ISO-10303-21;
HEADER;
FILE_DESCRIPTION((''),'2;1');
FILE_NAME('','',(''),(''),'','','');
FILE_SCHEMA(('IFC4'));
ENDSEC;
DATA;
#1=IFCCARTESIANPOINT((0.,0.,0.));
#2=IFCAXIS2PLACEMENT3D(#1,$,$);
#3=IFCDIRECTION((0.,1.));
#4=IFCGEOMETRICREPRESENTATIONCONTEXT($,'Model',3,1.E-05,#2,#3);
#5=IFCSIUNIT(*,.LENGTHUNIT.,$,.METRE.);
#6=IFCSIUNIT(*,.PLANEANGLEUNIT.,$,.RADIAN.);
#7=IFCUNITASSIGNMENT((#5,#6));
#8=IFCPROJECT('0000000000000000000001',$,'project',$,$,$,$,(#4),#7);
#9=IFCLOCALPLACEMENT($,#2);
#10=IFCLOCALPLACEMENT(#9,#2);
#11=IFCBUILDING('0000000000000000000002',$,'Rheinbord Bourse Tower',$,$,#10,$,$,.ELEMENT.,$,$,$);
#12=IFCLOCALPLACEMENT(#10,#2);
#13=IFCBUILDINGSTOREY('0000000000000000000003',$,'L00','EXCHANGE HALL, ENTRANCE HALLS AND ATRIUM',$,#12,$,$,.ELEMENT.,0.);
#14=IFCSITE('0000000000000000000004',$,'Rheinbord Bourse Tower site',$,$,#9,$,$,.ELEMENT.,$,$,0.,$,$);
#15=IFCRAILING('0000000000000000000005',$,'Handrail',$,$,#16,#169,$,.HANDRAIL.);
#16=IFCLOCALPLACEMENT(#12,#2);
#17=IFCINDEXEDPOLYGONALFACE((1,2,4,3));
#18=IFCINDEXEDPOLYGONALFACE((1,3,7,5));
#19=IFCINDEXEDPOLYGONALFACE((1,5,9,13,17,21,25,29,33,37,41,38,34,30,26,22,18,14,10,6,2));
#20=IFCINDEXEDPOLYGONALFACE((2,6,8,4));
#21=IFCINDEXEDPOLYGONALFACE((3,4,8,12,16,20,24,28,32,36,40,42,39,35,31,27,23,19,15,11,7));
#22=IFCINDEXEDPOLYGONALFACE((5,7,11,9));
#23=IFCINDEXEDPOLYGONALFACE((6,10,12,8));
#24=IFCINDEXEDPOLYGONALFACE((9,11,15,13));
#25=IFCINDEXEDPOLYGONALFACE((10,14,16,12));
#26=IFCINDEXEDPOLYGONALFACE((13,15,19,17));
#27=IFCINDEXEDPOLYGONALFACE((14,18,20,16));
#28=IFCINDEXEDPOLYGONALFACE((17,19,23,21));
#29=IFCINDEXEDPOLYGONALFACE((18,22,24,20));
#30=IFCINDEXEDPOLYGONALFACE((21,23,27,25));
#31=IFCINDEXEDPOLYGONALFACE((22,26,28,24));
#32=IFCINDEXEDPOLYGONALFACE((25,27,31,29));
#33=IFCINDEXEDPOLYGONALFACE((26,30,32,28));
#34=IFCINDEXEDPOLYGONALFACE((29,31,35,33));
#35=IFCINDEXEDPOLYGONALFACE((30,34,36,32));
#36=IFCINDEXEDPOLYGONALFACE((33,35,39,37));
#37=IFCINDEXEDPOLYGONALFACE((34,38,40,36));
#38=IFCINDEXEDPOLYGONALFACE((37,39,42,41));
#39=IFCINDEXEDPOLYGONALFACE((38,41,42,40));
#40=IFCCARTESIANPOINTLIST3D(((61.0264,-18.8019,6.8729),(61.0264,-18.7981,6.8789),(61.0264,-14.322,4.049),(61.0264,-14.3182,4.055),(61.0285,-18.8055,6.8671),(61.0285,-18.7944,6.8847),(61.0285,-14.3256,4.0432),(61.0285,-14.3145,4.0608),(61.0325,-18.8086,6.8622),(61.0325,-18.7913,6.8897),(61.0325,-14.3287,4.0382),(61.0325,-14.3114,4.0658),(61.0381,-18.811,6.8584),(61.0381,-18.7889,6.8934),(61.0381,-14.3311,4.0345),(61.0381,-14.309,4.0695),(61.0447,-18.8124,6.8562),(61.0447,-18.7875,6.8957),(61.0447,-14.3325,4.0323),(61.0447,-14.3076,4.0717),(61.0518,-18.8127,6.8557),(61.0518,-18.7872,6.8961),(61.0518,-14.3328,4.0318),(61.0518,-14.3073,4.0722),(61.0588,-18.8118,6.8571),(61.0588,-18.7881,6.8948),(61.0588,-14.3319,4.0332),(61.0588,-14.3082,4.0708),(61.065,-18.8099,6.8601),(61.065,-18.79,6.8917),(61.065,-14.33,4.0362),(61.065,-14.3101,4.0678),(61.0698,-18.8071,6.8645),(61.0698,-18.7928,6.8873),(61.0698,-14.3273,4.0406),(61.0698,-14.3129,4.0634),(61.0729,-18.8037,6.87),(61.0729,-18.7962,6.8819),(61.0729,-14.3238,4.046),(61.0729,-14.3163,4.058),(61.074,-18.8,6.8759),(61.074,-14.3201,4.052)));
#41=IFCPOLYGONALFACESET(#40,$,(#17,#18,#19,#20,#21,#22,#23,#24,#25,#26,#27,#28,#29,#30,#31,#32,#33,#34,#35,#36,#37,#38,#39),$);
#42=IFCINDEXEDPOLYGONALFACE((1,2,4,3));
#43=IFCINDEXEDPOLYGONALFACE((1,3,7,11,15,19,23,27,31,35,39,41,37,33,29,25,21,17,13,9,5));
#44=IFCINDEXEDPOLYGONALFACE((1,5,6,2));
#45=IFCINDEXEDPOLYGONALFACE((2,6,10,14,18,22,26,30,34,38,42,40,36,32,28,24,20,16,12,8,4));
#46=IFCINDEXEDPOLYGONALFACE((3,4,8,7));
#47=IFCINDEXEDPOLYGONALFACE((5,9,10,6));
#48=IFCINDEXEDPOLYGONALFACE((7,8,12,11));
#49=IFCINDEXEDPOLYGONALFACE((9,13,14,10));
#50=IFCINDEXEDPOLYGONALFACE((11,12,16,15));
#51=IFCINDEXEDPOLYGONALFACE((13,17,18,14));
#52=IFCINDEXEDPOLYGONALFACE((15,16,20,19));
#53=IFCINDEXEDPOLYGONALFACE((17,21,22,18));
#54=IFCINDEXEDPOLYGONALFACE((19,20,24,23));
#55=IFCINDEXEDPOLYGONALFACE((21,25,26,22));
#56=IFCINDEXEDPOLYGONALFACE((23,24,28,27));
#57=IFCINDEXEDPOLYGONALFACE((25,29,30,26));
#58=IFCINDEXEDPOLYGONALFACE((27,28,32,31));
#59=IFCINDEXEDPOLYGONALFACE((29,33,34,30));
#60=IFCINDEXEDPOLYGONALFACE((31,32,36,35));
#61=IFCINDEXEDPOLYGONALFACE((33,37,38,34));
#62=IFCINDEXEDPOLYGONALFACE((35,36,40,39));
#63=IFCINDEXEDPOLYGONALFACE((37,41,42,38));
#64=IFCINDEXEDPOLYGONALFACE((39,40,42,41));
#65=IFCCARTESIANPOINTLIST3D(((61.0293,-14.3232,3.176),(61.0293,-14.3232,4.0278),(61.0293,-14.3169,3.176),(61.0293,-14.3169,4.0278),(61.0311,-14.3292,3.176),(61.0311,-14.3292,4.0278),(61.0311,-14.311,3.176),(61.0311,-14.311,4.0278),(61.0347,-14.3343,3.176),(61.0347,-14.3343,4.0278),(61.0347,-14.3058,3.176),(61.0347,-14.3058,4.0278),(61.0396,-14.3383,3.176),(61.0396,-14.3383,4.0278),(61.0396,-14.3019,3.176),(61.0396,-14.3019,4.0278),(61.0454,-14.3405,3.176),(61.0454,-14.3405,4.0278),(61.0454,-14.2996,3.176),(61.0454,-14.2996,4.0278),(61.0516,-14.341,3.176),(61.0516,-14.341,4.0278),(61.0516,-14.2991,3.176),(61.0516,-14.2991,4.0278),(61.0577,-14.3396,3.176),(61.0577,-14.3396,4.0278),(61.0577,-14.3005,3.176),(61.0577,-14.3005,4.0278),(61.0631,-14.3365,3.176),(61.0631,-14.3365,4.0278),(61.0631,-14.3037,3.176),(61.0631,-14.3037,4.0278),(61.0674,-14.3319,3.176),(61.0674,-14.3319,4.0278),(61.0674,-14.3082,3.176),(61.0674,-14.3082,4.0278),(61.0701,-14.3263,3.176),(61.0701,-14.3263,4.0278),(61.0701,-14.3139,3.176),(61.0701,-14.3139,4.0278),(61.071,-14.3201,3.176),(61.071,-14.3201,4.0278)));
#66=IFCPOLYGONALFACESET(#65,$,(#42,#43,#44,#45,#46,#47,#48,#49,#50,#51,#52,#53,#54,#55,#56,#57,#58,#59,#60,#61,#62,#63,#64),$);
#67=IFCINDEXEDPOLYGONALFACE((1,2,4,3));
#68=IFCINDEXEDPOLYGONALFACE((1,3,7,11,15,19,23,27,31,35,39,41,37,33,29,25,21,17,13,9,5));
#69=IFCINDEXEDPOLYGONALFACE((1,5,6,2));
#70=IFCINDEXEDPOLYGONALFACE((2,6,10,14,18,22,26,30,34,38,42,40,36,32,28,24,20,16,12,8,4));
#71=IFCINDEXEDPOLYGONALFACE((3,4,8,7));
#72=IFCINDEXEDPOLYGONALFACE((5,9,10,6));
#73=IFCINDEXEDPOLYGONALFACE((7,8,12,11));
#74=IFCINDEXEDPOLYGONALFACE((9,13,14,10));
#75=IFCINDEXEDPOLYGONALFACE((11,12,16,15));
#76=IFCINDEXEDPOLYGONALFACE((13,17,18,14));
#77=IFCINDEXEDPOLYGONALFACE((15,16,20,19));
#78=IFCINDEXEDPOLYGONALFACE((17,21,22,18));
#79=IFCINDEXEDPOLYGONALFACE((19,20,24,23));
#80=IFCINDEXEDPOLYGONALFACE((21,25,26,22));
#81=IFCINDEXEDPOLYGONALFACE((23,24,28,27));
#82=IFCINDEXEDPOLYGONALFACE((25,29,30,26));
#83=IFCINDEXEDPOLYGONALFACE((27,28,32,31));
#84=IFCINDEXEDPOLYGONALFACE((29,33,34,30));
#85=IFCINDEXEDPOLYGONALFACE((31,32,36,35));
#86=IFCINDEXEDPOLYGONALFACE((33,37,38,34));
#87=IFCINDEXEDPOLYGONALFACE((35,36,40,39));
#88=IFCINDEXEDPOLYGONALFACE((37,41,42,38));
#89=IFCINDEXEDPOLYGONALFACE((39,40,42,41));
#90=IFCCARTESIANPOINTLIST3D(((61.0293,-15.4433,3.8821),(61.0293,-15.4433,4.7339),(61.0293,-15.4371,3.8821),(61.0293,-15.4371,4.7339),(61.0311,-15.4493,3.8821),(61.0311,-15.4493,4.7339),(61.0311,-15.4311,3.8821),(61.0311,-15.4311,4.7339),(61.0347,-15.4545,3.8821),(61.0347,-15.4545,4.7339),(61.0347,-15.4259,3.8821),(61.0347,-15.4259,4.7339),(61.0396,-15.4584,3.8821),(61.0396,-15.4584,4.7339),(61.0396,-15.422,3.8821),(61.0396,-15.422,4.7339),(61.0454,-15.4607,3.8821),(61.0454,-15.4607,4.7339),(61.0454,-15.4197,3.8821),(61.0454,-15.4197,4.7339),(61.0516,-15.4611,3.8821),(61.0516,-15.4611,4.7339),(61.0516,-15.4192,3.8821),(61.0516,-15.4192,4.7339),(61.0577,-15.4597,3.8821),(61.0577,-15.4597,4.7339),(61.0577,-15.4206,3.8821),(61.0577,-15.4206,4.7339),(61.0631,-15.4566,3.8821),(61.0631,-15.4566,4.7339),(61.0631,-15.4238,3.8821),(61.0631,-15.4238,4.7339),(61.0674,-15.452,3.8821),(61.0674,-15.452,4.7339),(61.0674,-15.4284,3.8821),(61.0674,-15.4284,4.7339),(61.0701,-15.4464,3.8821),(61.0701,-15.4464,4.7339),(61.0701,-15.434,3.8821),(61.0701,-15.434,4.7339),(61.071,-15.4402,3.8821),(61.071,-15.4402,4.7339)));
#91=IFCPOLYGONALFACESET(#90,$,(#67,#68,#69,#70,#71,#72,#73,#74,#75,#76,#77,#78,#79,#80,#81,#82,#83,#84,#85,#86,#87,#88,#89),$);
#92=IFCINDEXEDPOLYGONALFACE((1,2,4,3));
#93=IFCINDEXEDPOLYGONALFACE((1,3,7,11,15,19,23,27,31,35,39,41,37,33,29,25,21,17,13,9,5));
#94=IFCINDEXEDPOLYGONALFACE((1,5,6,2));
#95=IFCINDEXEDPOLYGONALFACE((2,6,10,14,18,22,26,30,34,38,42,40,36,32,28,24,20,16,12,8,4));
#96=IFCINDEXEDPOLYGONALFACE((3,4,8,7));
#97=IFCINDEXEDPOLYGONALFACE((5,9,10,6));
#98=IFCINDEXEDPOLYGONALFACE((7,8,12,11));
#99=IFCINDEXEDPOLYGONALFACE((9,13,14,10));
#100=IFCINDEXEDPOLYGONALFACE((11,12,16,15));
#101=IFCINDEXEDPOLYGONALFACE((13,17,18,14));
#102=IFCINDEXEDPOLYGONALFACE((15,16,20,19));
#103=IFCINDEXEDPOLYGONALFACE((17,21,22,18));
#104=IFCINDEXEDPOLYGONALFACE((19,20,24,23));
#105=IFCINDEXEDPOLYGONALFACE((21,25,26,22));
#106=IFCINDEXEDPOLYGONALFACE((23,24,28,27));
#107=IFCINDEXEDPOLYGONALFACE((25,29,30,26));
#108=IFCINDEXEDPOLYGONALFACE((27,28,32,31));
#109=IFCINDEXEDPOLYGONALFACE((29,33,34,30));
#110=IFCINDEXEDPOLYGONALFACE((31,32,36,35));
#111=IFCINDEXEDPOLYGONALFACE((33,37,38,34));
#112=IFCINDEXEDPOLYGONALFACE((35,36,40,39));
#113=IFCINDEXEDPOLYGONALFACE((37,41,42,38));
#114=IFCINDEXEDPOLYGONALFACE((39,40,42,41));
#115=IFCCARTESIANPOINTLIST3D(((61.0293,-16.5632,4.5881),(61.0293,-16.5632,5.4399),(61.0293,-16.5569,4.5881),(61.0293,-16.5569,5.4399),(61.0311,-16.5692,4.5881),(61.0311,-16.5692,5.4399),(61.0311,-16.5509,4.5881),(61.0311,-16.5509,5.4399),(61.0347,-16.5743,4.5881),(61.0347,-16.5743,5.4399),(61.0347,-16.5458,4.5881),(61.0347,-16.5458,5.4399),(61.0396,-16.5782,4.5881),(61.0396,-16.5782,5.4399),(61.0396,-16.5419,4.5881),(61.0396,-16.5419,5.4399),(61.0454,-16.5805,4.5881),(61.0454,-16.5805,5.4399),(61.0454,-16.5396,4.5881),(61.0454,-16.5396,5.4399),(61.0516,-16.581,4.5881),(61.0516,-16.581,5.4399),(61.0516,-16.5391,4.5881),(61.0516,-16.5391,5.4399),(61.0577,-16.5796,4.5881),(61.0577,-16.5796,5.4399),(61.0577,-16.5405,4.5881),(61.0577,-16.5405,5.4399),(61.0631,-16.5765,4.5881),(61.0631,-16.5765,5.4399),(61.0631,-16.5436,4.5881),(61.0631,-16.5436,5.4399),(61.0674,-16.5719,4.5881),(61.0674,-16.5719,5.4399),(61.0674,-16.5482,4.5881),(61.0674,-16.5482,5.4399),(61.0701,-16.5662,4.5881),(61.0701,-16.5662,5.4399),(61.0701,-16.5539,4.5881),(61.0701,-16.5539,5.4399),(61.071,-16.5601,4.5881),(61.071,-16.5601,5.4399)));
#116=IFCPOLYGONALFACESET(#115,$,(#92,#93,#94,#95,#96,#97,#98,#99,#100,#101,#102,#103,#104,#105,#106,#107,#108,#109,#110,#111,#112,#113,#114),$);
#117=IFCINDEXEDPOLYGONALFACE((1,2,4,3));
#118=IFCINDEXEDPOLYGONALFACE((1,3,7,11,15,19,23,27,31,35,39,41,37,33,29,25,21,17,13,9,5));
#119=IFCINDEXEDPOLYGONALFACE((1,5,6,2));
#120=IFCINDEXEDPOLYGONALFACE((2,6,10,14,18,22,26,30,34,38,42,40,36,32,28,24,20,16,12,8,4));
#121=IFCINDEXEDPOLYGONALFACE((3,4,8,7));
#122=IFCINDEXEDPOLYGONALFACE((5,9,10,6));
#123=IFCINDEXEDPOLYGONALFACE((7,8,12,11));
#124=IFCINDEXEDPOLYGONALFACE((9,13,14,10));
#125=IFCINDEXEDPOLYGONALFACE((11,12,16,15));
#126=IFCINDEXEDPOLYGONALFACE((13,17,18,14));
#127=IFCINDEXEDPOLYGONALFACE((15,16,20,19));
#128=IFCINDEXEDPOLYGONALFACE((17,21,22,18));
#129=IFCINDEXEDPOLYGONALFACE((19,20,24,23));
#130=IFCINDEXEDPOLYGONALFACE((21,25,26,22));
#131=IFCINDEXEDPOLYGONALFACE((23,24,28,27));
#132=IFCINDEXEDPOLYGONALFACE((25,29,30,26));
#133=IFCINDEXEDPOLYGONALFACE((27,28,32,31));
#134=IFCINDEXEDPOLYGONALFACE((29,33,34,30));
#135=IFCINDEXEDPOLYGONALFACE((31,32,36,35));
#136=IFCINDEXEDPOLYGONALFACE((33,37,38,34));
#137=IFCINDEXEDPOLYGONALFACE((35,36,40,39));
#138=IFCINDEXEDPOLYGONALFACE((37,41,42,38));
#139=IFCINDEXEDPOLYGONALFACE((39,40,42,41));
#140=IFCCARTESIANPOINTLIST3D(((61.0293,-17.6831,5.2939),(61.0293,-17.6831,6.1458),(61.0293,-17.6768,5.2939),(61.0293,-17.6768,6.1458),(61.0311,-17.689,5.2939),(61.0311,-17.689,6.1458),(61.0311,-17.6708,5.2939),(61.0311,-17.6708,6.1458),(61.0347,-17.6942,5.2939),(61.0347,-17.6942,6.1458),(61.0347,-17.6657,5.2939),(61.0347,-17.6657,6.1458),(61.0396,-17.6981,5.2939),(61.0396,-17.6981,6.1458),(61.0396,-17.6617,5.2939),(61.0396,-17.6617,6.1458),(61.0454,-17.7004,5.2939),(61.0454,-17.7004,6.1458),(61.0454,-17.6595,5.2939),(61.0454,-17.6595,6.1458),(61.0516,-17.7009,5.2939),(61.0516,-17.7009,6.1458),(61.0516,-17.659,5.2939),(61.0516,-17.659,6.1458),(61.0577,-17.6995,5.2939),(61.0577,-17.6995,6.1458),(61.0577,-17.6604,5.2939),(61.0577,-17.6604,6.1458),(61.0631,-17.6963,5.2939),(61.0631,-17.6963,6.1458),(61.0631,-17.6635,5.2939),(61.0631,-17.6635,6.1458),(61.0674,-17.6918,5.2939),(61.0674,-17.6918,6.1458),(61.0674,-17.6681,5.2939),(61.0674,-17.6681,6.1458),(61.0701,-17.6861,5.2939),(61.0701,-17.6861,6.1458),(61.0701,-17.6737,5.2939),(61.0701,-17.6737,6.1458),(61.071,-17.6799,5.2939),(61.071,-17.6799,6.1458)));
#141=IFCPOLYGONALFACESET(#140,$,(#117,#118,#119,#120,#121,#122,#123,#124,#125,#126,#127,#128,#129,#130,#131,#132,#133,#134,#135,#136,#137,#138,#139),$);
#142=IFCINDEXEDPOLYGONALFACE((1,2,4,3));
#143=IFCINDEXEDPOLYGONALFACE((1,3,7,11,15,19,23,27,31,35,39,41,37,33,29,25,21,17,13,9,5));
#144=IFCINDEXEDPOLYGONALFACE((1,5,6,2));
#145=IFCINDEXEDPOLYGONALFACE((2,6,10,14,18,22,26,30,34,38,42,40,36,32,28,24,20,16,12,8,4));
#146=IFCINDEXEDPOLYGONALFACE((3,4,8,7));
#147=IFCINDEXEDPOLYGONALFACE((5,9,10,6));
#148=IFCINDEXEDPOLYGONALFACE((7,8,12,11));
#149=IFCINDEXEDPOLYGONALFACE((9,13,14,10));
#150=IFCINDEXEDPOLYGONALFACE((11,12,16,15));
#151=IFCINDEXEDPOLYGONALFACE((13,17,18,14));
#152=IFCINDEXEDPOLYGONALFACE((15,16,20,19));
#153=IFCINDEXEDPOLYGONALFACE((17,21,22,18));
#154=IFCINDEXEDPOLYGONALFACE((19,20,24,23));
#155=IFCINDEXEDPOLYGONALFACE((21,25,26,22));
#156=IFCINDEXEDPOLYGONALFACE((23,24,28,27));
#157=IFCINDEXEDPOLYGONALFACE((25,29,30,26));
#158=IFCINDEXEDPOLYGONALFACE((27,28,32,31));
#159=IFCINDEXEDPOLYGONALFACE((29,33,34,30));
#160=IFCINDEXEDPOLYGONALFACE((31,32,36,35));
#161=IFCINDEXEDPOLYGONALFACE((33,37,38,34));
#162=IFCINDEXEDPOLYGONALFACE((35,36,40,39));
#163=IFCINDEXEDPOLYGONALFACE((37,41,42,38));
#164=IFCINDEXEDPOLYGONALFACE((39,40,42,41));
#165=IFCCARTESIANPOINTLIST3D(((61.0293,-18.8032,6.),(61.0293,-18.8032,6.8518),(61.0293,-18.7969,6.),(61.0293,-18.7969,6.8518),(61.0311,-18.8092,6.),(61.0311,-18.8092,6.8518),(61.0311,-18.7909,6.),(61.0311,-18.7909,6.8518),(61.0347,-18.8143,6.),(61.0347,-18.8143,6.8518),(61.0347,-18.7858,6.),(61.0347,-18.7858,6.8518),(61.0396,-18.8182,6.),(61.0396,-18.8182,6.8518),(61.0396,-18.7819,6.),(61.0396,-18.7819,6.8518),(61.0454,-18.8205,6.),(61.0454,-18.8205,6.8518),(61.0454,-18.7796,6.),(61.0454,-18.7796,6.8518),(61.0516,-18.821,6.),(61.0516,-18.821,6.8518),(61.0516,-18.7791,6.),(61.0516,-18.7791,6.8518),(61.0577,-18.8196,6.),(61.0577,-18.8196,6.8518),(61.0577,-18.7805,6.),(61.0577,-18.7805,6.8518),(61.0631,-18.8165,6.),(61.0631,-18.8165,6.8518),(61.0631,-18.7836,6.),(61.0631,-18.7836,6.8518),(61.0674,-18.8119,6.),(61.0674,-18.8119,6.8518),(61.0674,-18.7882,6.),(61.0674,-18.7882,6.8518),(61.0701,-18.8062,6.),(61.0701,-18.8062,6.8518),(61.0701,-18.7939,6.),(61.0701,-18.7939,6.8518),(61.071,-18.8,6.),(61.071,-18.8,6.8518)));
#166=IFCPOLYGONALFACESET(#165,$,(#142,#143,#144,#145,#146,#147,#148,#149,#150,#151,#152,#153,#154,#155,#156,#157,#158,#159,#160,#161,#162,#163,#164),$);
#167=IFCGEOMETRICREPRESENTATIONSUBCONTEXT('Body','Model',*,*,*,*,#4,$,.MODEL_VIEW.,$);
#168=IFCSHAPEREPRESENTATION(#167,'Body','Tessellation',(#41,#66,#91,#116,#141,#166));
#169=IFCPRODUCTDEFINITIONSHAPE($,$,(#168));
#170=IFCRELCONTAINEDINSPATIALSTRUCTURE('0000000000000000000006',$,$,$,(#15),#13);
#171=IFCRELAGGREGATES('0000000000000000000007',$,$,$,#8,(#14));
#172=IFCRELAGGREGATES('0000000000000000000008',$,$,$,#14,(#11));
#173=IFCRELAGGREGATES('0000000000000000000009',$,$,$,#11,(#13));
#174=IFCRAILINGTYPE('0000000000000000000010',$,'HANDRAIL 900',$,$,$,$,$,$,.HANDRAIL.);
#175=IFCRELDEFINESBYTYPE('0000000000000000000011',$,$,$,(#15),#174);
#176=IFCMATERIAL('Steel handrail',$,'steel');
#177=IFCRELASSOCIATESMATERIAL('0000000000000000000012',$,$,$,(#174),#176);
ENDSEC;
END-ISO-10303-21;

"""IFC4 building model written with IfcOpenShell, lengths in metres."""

from ifc_helpers import new_model, si_unit, direction, frame, origin, origin_2d, place, context, subcontext, project, spatial, circle, extrude, material, type_object, element, save


model = new_model("IFC4")

# Units and contexts
model_context = context("Model", 3, precision=1e-05, world=origin(), true_north=direction((0.0, 1.0)))
body_context = subcontext(model_context, "Body", "Model", "MODEL_VIEW")
ifc_project = project(units=[si_unit("LENGTHUNIT", "METRE"), si_unit("PLANEANGLEUNIT", "RADIAN")], contexts=[model_context])

# Site, building, storey
site_placement = place(None, origin())
site = spatial("IfcSite", under=ifc_project, at=site_placement, Name="Rheinbord Bourse Tower site", CompositionType="ELEMENT", RefElevation=0.0)
building_placement = place(site_placement, origin())
building = spatial("IfcBuilding", under=site, at=building_placement, Name="Rheinbord Bourse Tower", CompositionType="ELEMENT")
storey_placement = place(building_placement, origin())
storey = spatial("IfcBuildingStorey", under=building, at=storey_placement, Name="L00", Description="EXCHANGE HALL, ENTRANCE HALLS AND ATRIUM", CompositionType="ELEMENT", Elevation=0.0)

# Railing
ifc_material_1 = material(Name="Steel handrail", Category="steel")
railing_type = type_object("IfcRailingType", Name="HANDRAIL 900", PredefinedType="HANDRAIL", material=ifc_material_1)
railing_1_placement = place(storey_placement, frame((61.05, -14.3201, 3.176)))
element("IfcRailing", 1, at=railing_1_placement, inside=storey, type_object=railing_type, Name="Handrail", PredefinedType="HANDRAIL", context=body_context, shape_type="SweptSolid", body=[
    extrude(circle(Radius=0.0239, at=origin_2d()), frame((0.0, 0.0, 0.876), z_axis=(0.0, -0.845956, 0.533252), x_axis=(1.0, 0.0, 0.0)), (0.0, 0.0, 1.0), 5.2957),
    extrude(circle(Radius=0.021, at=origin_2d()), origin(), (0.0, 0.0, 1.0), 0.8518),
    extrude(circle(Radius=0.021, at=origin_2d()), frame((0.0, -1.1201, 0.7061)), (0.0, 0.0, 1.0), 0.8518),
    extrude(circle(Radius=0.021, at=origin_2d()), frame((0.0, -2.24, 1.4121)), (0.0, 0.0, 1.0), 0.8518),
    extrude(circle(Radius=0.021, at=origin_2d()), frame((0.0, -3.3599, 2.1179)), (0.0, 0.0, 1.0), 0.8518),
    extrude(circle(Radius=0.021, at=origin_2d()), frame((0.0, -4.48, 2.824)), (0.0, 0.0, 1.0), 0.8518),
])

save(model, "model.ifc")
